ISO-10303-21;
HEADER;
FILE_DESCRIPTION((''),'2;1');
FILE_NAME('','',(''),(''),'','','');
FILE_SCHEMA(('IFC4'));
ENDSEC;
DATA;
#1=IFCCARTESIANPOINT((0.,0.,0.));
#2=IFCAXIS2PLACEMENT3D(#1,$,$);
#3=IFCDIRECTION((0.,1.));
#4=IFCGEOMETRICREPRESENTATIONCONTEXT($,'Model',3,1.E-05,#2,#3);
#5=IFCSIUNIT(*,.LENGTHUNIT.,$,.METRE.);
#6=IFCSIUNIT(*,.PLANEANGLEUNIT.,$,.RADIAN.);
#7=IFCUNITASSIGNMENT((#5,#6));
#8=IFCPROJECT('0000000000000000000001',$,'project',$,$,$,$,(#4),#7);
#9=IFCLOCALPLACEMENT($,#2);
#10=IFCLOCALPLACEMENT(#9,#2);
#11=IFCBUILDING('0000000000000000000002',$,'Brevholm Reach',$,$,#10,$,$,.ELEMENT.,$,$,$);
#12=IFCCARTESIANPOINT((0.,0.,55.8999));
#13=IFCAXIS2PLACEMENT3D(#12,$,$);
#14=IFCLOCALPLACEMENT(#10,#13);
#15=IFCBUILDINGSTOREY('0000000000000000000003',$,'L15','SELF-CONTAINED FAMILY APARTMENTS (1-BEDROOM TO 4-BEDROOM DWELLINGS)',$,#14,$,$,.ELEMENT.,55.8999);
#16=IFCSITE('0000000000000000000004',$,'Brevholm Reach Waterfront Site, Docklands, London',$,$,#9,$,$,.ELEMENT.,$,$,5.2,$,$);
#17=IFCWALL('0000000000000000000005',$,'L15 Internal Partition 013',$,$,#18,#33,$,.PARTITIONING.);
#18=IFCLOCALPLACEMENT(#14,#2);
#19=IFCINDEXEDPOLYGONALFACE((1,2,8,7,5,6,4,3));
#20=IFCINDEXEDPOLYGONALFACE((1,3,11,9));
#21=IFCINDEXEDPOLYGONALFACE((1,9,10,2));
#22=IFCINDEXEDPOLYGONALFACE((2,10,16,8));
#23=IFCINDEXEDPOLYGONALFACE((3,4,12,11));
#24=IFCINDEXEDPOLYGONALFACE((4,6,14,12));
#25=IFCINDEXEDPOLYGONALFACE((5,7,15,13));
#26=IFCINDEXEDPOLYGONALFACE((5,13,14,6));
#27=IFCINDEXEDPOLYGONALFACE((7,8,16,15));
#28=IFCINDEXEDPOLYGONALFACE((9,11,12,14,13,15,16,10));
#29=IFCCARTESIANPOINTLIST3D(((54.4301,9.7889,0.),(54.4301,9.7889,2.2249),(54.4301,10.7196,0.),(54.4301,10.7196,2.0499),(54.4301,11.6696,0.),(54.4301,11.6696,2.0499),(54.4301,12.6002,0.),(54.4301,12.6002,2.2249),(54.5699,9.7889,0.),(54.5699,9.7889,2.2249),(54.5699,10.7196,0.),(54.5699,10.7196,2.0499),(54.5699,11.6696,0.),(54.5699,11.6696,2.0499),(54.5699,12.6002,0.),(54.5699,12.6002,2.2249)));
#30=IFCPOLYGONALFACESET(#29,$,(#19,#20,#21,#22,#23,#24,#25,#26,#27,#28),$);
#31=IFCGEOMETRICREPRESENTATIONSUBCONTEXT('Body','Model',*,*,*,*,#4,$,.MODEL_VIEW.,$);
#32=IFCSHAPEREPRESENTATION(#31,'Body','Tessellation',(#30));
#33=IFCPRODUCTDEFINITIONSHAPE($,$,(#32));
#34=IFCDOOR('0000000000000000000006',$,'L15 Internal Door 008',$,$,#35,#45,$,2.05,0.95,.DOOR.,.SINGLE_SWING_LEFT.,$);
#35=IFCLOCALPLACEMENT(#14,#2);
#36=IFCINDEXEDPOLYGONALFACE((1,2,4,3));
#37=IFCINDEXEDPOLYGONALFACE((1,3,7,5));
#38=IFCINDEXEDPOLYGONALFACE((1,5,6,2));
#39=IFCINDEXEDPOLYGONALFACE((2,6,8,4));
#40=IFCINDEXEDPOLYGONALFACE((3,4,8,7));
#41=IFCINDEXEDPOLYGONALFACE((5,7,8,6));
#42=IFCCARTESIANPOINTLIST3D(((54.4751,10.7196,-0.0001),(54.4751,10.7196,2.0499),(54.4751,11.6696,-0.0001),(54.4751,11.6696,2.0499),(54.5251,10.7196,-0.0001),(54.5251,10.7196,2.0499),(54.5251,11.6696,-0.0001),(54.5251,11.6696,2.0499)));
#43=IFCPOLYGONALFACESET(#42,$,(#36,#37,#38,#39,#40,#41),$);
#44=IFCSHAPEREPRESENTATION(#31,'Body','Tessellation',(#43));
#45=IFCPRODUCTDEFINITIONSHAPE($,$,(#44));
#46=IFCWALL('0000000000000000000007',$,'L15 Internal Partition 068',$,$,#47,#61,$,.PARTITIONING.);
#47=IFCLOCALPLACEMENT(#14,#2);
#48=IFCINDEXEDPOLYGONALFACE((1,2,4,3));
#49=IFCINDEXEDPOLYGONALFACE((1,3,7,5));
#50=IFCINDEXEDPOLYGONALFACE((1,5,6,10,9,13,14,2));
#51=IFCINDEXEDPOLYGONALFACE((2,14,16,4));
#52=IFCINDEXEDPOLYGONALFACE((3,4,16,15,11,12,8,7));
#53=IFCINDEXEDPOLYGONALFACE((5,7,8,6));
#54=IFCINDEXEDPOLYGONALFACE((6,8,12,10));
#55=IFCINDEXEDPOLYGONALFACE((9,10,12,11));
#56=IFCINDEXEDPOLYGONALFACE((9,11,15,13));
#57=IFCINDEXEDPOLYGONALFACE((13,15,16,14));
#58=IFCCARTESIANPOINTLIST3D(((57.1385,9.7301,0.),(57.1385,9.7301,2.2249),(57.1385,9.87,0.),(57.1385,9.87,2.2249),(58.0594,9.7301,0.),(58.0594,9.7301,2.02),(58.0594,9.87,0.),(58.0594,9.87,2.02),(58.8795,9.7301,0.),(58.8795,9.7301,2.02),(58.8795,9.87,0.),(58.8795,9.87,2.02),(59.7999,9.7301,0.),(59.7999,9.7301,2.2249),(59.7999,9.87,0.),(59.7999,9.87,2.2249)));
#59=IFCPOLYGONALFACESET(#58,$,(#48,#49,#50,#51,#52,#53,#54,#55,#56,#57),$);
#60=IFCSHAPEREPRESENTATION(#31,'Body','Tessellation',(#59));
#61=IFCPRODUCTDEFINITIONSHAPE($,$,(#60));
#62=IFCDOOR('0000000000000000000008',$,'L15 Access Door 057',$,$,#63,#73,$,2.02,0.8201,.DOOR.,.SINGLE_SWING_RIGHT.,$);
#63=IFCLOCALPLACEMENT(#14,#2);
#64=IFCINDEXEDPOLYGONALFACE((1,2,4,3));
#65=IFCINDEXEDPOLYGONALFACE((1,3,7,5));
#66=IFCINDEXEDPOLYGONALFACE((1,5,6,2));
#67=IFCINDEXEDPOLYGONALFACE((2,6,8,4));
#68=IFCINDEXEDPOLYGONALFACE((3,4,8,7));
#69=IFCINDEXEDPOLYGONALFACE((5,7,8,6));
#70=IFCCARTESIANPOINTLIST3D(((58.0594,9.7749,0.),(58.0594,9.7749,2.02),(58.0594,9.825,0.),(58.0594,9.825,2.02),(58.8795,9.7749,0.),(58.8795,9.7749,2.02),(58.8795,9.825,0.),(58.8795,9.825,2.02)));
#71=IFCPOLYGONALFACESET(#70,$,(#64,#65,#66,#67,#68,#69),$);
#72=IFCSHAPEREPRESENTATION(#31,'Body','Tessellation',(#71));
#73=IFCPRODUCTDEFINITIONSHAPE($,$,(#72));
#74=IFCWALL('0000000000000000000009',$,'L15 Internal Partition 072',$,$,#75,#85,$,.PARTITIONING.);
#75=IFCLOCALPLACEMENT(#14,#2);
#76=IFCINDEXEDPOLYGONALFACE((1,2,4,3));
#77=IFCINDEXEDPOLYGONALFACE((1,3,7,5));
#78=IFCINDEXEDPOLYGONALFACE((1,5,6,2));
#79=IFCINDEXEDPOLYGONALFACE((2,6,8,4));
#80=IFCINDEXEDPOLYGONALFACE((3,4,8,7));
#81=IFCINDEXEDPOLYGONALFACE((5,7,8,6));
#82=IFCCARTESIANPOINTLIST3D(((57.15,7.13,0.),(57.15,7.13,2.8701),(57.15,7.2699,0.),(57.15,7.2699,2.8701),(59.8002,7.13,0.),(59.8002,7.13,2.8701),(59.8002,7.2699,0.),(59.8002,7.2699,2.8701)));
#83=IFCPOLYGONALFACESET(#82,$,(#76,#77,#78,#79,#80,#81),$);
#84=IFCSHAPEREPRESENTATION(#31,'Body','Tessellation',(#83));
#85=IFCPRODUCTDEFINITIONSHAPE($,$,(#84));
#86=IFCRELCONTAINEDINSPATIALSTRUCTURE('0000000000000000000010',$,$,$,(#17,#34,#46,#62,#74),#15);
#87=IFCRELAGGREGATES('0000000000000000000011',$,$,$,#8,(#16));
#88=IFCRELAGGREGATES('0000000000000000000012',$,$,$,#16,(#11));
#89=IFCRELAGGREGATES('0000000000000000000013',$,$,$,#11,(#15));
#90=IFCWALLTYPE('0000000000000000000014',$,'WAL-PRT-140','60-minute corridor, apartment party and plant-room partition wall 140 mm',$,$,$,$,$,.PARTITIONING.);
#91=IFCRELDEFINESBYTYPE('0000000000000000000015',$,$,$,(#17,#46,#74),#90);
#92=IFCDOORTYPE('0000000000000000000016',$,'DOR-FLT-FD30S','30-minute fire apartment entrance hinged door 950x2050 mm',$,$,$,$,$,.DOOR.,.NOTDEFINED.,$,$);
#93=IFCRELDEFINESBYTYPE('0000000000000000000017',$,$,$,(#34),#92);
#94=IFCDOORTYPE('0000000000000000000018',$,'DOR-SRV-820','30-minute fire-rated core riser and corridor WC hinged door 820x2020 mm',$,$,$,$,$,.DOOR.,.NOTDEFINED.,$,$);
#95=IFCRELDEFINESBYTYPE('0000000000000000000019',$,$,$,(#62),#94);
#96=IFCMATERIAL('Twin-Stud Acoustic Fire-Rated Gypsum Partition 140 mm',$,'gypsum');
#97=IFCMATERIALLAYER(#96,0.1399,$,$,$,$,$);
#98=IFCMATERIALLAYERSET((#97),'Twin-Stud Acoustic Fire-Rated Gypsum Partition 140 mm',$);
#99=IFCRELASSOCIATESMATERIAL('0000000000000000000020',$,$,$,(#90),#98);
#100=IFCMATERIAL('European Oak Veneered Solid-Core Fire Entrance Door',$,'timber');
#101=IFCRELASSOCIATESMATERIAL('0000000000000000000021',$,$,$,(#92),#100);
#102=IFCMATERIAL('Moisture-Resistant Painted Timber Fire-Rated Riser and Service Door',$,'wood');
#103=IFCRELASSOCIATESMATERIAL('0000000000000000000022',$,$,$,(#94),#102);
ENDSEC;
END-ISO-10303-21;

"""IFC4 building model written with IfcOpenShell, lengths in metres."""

from ifc_helpers import new_model, si_unit, direction, frame, frame_2d, origin, place, context, subcontext, project, spatial, rectangle, extrude, material, layer, layer_set, type_object, element, fill, save


model = new_model("IFC4")

# Units and contexts
model_context = context("Model", 3, precision=1e-05, world=origin(), true_north=direction((0.0, 1.0)))
body_context = subcontext(model_context, "Body", "Model", "MODEL_VIEW")
ifc_project = project(units=[si_unit("LENGTHUNIT", "METRE"), si_unit("PLANEANGLEUNIT", "RADIAN")], contexts=[model_context])

# Site, building, storey
site_placement = place(None, origin())
site = spatial("IfcSite", under=ifc_project, at=site_placement, Name="Brevholm Reach Waterfront Site, Docklands, London", CompositionType="ELEMENT", RefElevation=5.2)
building_placement = place(site_placement, origin())
building = spatial("IfcBuilding", under=site, at=building_placement, Name="Brevholm Reach", CompositionType="ELEMENT")
storey_placement = place(building_placement, frame((0.0, 0.0, 55.8999)))
storey = spatial("IfcBuildingStorey", under=building, at=storey_placement, Name="L15", Description="SELF-CONTAINED FAMILY APARTMENTS (1-BEDROOM TO 4-BEDROOM DWELLINGS)", CompositionType="ELEMENT", Elevation=55.8999)

# Walls, openings, doors
ifc_material_1 = material(Name="Twin-Stud Acoustic Fire-Rated Gypsum Partition 140 mm", Category="gypsum")
ifc_layer_1 = layer(ifc_material_1, 0.1399)
ifc_layer_set_1 = layer_set([ifc_layer_1], Name="Twin-Stud Acoustic Fire-Rated Gypsum Partition 140 mm")
wall_type_1 = type_object("IfcWallType", Name="WAL-PRT-140", Description="60-minute corridor, apartment party and plant-room partition wall 140 mm", PredefinedType="PARTITIONING", material=ifc_layer_set_1)
wall_1_placement = place(storey_placement, frame((54.5, 9.7888, 0.0), z_axis=(0.0, 0.0, 1.0), x_axis=(0.0, 1.0, 0.0)))
wall_1 = element("IfcWall", 1, at=wall_1_placement, inside=storey, type_object=wall_type_1, Name="L15 Internal Partition 013", PredefinedType="PARTITIONING", context=body_context, shape_type="SweptSolid", body=[
    extrude(rectangle(XDim=2.8113, YDim=0.1399, at=frame_2d((1.4058, 0.0))), origin(), (0.0, 0.0, 1.0), 2.2249),
])
opening_1_placement = place(wall_1_placement, frame((0.9307, 0.0, 0.0)))
opening_1 = element("IfcOpeningElement", 2, at=opening_1_placement, cuts=wall_1, PredefinedType="OPENING", context=body_context, shape_type="SweptSolid", body=[
    extrude(rectangle(XDim=0.95, YDim=2.05, at=frame_2d((0.4751, 1.0249))), frame((0.0, 0.0798, 0.0), z_axis=(0.0, -1.0, 0.0), x_axis=(1.0, 0.0, 0.0)), (0.0, 0.0, 1.0), 0.1599),
])
ifc_material_2 = material(Name="European Oak Veneered Solid-Core Fire Entrance Door", Category="timber")
door_type_1 = type_object("IfcDoorType", Name="DOR-FLT-FD30S", Description="30-minute fire apartment entrance hinged door 950x2050 mm", OperationType="NOTDEFINED", PredefinedType="DOOR", material=ifc_material_2)
door_1_placement = place(opening_1_placement, origin())
door_1 = element("IfcDoor", 3, at=door_1_placement, inside=storey, type_object=door_type_1, Name="L15 Internal Door 008", OperationType="SINGLE_SWING_LEFT", OverallHeight=2.05, OverallWidth=0.95, PredefinedType="DOOR", context=body_context, shape_type="SweptSolid", body=[
    extrude(rectangle(XDim=0.95, YDim=2.05, at=frame_2d((0.4751, 1.0249))), frame((0.0, 0.0249, 0.0), z_axis=(0.0, -1.0, 0.0), x_axis=(1.0, 0.0, 0.0)), (0.0, 0.0, 1.0), 0.05),
])
fill(opening_1, door_1)
wall_2_placement = place(storey_placement, frame((57.1387, 9.8, 0.0), z_axis=(0.0, 0.0, 1.0), x_axis=(1.0, 0.0, 0.0)))
wall_2 = element("IfcWall", 4, at=wall_2_placement, inside=storey, type_object=wall_type_1, Name="L15 Internal Partition 068", PredefinedType="PARTITIONING", context=body_context, shape_type="SweptSolid", body=[
    extrude(rectangle(XDim=2.6614, YDim=0.1399, at=frame_2d((1.3306, 0.0))), origin(), (0.0, 0.0, 1.0), 2.2249),
])
opening_2_placement = place(wall_2_placement, frame((0.9207, 0.0, 0.0)))
opening_2 = element("IfcOpeningElement", 5, at=opening_2_placement, cuts=wall_2, PredefinedType="OPENING", context=body_context, shape_type="SweptSolid", body=[
    extrude(rectangle(XDim=0.8201, YDim=2.02, at=frame_2d((0.4102, 1.01))), frame((0.0, 0.0798, 0.0), z_axis=(0.0, -1.0, 0.0), x_axis=(1.0, 0.0, 0.0)), (0.0, 0.0, 1.0), 0.1599),
])
ifc_material_3 = material(Name="Moisture-Resistant Painted Timber Fire-Rated Riser and Service Door", Category="wood")
door_type_2 = type_object("IfcDoorType", Name="DOR-SRV-820", Description="30-minute fire-rated core riser and corridor WC hinged door 820x2020 mm", OperationType="NOTDEFINED", PredefinedType="DOOR", material=ifc_material_3)
door_2_placement = place(opening_2_placement, origin())
door_2 = element("IfcDoor", 6, at=door_2_placement, inside=storey, type_object=door_type_2, Name="L15 Access Door 057", OperationType="SINGLE_SWING_RIGHT", OverallHeight=2.02, OverallWidth=0.8201, PredefinedType="DOOR", context=body_context, shape_type="SweptSolid", body=[
    extrude(rectangle(XDim=0.8201, YDim=2.02, at=frame_2d((0.4102, 1.01))), frame((0.0, 0.0249, 0.0), z_axis=(0.0, -1.0, 0.0), x_axis=(1.0, 0.0, 0.0)), (0.0, 0.0, 1.0), 0.05),
])
fill(opening_2, door_2)

# Wall
wall_3_placement = place(storey_placement, frame((57.1499, 7.2, 0.0), z_axis=(0.0, 0.0, 1.0), x_axis=(1.0, 0.0, 0.0)))
element("IfcWall", 7, at=wall_3_placement, inside=storey, type_object=wall_type_1, Name="L15 Internal Partition 072", PredefinedType="PARTITIONING", context=body_context, shape_type="SweptSolid", body=[
    extrude(rectangle(XDim=2.6501, YDim=0.1399, at=frame_2d((1.3252, 0.0))), origin(), (0.0, 0.0, 1.0), 2.8701),
])

save(model, "model.ifc")
